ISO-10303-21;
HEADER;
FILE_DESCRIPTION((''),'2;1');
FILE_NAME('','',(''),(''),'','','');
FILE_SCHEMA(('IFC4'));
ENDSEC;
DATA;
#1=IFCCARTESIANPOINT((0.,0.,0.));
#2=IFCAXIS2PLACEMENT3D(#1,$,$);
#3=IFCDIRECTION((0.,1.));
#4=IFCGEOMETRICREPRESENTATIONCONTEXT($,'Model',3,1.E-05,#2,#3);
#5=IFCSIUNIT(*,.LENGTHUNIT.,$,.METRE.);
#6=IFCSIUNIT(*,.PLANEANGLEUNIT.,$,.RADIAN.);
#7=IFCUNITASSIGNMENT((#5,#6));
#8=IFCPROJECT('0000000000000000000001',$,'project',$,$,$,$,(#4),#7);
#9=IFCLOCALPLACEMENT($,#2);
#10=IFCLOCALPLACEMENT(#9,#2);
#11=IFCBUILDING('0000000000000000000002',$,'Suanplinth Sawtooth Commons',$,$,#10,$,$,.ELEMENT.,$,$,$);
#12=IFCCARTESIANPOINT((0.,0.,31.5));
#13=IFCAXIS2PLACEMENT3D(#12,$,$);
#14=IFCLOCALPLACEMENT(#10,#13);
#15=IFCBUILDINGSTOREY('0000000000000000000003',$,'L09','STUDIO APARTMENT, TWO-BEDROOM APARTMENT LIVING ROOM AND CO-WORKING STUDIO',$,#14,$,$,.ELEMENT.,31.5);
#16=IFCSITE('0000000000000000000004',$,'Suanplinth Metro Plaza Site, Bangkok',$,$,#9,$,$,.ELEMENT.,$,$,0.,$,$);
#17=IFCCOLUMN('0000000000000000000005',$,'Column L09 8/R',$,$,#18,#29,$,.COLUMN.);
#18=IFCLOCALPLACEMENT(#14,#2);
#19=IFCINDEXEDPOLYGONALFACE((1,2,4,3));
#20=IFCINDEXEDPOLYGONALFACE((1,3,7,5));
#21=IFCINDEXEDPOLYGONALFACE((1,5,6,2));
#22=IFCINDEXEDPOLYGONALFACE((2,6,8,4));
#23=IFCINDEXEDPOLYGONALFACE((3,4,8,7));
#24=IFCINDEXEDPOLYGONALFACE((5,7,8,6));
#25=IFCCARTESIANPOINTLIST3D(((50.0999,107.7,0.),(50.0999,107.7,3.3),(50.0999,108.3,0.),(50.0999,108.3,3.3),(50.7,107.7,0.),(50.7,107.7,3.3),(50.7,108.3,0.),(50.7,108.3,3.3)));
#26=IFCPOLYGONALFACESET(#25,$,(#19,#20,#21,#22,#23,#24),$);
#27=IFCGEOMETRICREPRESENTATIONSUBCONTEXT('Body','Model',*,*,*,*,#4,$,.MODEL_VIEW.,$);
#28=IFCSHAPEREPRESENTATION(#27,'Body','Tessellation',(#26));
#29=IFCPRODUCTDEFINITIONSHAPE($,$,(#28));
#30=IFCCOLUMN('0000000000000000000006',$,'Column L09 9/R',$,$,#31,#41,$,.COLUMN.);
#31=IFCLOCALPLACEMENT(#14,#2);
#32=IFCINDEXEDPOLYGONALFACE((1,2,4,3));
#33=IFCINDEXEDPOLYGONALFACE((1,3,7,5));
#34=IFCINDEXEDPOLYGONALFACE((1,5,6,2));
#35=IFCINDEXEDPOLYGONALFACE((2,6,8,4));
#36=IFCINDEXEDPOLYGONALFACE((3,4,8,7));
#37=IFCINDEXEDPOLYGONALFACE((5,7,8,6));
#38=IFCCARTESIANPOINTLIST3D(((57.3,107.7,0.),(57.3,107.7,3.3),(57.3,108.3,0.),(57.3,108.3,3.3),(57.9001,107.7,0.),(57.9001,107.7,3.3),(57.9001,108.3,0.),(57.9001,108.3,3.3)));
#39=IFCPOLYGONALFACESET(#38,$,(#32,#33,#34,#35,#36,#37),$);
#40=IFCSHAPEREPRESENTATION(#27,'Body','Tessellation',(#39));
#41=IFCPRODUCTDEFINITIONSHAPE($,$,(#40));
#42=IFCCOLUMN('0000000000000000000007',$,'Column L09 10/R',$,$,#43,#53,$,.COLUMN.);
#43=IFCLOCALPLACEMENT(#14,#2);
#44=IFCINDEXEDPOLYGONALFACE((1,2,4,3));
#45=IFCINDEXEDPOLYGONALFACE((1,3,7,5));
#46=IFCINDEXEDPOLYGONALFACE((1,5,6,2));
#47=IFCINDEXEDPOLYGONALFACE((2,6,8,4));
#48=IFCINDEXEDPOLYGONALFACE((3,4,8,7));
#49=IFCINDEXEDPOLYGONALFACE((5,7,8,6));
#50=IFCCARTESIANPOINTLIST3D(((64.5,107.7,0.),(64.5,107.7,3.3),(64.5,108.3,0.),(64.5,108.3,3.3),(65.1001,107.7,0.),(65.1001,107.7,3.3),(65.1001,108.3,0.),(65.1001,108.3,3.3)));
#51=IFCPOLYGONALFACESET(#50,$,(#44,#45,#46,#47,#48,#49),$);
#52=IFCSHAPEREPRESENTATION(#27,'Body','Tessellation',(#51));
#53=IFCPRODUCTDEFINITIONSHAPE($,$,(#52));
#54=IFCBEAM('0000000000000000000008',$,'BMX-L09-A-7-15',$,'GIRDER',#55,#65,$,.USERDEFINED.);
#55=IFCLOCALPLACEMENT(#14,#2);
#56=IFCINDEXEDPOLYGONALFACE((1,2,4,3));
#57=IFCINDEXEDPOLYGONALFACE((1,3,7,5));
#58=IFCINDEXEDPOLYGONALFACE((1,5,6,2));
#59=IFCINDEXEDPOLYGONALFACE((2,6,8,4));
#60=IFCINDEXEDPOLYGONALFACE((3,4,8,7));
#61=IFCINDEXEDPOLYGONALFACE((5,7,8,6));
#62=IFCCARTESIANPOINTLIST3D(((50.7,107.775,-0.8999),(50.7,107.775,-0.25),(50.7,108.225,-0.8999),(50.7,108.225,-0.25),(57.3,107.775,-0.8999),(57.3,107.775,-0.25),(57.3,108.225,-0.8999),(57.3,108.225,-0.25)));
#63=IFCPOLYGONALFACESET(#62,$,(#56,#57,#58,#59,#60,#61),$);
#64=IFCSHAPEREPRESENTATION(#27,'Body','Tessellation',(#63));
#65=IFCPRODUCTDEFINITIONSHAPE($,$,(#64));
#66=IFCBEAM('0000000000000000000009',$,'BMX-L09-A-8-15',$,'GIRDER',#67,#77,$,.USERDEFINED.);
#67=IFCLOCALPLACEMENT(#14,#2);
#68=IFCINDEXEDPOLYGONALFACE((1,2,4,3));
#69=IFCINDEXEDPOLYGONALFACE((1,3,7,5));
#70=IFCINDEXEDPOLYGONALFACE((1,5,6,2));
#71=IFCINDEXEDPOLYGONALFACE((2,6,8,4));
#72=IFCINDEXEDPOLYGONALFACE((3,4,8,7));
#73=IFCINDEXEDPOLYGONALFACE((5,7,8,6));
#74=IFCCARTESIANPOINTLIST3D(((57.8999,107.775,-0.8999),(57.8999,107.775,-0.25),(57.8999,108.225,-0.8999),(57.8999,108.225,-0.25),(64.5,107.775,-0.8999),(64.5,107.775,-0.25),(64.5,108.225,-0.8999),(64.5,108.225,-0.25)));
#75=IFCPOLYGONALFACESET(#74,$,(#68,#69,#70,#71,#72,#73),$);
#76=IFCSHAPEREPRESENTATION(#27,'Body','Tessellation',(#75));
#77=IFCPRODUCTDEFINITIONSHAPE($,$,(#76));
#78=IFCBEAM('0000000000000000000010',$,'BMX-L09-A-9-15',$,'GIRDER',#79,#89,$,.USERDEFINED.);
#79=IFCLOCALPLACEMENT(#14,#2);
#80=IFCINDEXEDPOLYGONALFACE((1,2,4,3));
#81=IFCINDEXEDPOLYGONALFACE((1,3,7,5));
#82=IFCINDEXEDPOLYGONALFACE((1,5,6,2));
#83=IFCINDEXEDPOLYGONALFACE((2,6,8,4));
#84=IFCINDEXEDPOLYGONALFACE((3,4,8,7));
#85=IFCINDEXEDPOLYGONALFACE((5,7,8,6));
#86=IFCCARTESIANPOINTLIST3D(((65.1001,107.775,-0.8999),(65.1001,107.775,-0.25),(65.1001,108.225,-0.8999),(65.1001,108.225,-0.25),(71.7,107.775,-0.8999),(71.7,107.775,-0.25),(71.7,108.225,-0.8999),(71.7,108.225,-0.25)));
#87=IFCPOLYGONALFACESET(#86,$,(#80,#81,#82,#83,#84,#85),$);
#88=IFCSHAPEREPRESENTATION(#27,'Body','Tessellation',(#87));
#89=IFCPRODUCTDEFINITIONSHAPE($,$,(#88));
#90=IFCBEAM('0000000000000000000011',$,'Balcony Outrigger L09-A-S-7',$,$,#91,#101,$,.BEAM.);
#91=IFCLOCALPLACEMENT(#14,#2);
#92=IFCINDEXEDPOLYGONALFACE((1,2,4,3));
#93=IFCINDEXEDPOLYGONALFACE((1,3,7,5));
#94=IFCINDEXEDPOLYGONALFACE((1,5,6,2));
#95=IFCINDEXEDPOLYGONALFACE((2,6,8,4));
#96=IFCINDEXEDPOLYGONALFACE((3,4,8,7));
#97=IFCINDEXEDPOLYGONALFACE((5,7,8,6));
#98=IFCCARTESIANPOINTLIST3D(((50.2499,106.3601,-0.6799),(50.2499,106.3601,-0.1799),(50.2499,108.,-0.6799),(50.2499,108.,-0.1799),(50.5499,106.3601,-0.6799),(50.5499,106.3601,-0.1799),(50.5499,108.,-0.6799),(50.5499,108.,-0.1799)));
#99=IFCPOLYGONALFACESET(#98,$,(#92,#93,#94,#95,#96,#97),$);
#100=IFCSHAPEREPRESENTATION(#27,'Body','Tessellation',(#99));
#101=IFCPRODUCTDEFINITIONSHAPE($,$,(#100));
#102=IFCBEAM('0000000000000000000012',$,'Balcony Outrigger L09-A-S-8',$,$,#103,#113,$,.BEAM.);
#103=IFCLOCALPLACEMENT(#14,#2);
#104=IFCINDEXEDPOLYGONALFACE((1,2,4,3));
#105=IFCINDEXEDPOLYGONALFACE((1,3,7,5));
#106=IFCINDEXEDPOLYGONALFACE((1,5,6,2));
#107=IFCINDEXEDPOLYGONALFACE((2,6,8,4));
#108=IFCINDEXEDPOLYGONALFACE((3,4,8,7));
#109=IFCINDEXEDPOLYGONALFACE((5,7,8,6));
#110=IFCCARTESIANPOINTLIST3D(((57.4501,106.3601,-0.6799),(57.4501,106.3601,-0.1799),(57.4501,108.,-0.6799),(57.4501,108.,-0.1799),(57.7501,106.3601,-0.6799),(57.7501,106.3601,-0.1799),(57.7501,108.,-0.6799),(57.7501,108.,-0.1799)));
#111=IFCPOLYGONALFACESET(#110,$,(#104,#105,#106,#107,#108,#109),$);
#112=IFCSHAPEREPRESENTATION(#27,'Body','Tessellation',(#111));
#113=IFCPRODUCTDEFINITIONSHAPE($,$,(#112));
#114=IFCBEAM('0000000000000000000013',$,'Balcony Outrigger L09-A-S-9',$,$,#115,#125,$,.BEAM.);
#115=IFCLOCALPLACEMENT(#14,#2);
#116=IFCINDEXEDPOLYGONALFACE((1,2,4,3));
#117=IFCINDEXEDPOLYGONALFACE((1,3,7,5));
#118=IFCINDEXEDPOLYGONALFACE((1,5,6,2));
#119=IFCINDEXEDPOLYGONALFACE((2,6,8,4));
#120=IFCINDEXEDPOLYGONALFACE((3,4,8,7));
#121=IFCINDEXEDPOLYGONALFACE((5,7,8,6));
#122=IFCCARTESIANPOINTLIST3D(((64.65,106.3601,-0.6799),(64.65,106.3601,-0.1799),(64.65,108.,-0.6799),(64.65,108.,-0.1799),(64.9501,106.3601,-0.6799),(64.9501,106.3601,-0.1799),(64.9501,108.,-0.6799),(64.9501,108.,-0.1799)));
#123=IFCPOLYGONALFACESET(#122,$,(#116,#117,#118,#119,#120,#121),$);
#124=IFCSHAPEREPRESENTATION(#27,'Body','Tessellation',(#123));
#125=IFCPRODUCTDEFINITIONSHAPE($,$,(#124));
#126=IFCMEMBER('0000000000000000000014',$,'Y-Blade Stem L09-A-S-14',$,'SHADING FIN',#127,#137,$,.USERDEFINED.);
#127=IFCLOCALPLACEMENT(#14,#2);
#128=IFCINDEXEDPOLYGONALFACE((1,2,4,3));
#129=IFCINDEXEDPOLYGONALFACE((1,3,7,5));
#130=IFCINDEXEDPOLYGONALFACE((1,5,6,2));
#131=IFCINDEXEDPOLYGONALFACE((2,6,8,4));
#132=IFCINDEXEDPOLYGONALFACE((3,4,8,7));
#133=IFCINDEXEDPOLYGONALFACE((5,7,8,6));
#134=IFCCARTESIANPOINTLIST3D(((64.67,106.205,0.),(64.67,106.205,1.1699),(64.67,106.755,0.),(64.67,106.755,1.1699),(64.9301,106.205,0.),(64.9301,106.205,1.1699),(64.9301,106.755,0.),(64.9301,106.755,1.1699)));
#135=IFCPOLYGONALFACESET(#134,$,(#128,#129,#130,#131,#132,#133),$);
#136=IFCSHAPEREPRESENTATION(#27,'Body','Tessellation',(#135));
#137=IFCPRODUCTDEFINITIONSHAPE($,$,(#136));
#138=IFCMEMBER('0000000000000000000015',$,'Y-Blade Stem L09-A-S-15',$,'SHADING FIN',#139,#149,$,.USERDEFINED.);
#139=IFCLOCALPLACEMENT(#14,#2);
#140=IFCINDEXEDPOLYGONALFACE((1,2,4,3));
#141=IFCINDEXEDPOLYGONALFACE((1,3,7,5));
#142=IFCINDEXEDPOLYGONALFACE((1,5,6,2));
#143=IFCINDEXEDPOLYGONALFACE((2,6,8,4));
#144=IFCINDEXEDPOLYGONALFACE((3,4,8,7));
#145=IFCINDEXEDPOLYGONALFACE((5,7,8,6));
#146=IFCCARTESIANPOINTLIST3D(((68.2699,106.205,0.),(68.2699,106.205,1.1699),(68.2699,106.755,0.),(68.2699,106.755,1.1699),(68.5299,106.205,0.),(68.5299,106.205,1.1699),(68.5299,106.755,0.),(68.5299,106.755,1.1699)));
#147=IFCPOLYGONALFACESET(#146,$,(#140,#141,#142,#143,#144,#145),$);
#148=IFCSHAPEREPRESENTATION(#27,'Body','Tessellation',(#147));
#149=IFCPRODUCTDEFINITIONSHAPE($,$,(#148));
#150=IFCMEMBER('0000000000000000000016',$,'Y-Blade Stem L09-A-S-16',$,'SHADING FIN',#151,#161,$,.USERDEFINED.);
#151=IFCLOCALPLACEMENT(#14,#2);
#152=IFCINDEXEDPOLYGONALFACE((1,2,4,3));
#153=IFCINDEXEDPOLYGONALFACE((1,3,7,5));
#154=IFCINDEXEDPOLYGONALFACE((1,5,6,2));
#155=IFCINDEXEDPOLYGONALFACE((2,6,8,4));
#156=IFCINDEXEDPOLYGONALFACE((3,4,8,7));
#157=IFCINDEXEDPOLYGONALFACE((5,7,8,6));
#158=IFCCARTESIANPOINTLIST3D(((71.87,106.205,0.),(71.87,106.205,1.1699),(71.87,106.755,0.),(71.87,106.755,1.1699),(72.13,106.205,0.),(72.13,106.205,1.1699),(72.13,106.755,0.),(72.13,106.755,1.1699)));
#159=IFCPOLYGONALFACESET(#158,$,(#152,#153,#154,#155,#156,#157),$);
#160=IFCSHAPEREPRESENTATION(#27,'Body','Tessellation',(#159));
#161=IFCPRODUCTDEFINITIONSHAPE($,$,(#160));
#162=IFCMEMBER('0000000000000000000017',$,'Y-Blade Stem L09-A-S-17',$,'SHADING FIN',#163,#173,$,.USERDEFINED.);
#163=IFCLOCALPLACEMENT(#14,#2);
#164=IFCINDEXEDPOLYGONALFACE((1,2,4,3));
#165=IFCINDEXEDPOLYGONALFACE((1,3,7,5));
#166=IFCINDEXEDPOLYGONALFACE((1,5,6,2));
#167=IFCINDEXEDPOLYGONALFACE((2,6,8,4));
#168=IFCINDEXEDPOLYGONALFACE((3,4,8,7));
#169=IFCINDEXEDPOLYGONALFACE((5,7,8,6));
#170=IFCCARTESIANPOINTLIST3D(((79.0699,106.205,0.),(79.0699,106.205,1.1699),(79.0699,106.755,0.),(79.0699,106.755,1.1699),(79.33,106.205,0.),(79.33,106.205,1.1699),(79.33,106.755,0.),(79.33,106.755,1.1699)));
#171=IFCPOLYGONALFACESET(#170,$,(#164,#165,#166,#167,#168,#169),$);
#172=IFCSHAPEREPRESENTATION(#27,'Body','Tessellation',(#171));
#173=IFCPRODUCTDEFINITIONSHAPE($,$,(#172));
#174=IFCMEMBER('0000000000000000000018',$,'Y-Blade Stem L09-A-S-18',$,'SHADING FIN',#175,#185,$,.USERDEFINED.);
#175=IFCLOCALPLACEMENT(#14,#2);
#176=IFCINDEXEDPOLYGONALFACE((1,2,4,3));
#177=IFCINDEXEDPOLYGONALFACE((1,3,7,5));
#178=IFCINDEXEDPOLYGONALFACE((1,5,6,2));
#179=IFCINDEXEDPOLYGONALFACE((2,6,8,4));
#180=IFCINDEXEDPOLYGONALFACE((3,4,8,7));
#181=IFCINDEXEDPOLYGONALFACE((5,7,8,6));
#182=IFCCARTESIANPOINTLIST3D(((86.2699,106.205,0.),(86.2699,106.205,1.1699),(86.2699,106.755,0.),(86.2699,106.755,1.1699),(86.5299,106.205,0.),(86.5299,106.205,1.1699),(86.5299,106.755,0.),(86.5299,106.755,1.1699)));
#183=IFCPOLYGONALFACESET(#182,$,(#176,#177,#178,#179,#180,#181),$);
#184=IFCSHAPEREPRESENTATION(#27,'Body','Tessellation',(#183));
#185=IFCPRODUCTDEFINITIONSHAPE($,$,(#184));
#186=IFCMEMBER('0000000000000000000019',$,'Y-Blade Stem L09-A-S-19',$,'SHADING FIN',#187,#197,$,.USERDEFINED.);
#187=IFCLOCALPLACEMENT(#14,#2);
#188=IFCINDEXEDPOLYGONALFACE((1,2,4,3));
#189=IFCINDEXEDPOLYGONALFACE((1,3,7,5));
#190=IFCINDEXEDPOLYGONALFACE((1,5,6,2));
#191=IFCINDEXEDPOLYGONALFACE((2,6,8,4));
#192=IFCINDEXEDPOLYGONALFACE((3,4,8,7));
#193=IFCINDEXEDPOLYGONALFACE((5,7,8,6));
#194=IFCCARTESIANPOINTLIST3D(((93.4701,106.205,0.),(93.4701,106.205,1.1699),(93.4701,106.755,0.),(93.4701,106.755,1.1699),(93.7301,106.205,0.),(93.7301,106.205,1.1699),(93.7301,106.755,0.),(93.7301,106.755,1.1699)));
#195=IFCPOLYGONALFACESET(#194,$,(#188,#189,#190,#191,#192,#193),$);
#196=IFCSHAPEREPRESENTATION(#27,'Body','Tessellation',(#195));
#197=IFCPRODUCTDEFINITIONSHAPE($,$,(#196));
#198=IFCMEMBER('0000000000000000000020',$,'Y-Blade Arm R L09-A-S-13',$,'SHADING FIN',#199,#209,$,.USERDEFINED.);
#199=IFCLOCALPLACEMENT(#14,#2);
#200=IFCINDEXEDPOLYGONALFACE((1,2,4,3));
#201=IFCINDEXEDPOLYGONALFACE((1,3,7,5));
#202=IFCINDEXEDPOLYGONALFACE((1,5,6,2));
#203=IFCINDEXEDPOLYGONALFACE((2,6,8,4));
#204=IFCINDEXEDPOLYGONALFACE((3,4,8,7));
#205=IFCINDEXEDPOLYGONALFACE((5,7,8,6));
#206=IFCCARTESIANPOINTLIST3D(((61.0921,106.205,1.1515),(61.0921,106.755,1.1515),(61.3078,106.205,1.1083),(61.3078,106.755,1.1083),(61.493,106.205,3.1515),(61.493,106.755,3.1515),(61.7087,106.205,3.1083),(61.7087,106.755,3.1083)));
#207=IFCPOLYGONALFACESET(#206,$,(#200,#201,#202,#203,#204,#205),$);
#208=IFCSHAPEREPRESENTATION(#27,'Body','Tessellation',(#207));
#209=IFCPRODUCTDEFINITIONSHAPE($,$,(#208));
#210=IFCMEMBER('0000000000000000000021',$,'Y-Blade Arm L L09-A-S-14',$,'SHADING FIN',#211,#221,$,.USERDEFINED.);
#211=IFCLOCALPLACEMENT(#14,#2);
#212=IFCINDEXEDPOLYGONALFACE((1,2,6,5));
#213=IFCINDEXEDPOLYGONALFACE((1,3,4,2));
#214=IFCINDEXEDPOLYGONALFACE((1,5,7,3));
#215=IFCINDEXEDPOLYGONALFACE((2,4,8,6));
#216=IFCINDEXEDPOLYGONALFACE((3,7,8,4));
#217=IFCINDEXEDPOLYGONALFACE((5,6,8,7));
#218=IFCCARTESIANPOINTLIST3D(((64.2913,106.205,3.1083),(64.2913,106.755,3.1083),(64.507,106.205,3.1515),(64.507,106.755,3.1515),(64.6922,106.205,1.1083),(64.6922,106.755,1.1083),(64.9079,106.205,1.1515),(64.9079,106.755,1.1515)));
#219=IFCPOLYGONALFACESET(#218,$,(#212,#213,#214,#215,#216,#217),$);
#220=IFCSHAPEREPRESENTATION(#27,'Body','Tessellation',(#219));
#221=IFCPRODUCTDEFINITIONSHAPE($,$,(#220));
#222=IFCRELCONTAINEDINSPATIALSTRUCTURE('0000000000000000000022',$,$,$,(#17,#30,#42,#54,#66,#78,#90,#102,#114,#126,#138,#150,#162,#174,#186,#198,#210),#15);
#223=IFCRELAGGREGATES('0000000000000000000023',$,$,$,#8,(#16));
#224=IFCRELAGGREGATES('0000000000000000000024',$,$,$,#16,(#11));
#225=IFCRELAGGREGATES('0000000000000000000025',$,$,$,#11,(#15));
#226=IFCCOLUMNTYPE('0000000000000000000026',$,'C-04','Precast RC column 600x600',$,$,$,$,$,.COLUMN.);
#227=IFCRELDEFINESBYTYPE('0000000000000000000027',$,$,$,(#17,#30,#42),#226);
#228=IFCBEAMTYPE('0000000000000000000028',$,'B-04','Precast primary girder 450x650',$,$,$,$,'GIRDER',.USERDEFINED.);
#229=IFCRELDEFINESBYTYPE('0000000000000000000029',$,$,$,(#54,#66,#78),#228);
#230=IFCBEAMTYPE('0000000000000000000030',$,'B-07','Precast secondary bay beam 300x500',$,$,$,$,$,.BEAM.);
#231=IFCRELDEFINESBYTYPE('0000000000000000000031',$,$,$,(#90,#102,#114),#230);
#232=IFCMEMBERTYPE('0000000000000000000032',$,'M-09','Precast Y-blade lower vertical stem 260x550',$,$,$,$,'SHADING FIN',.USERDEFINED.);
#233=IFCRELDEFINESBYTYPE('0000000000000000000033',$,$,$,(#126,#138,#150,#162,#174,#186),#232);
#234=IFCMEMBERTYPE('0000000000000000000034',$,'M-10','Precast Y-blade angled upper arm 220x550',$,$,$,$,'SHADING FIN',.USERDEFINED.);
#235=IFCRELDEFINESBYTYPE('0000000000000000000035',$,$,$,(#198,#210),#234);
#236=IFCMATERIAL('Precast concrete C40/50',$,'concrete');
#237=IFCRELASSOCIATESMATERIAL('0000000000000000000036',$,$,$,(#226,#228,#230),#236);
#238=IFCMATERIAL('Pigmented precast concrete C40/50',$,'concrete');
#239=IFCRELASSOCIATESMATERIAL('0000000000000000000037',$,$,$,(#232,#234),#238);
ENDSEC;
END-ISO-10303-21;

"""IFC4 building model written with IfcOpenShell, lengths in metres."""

from ifc_helpers import new_model, si_unit, direction, frame, origin, origin_2d, place, context, subcontext, project, spatial, rectangle, extrude, material, material_profile, profile_set, type_object, element, save


model = new_model("IFC4")

# Units and contexts
model_context = context("Model", 3, precision=1e-05, world=origin(), true_north=direction((0.0, 1.0)))
body_context = subcontext(model_context, "Body", "Model", "MODEL_VIEW")
ifc_project = project(units=[si_unit("LENGTHUNIT", "METRE"), si_unit("PLANEANGLEUNIT", "RADIAN")], contexts=[model_context])

# Site, building, storey
site_placement = place(None, origin())
site = spatial("IfcSite", under=ifc_project, at=site_placement, Name="Suanplinth Metro Plaza Site, Bangkok", CompositionType="ELEMENT", RefElevation=0.0)
building_placement = place(site_placement, origin())
building = spatial("IfcBuilding", under=site, at=building_placement, Name="Suanplinth Sawtooth Commons", CompositionType="ELEMENT")
storey_placement = place(building_placement, frame((0.0, 0.0, 31.5)))
storey = spatial("IfcBuildingStorey", under=building, at=storey_placement, Name="L09", Description="STUDIO APARTMENT, TWO-BEDROOM APARTMENT LIVING ROOM AND CO-WORKING STUDIO", CompositionType="ELEMENT", Elevation=31.5)

# Columns
ifc_material_1 = material(Name="Precast concrete C40/50", Category="concrete")
ifc_material_profile_1 = material_profile(ifc_material_1, rectangle(XDim=0.6001, YDim=0.6001, at=origin_2d()), Name="PC-COL 600x600")
ifc_profile_set_1 = profile_set([ifc_material_profile_1], Name="Precast concrete C40/50")
column_type = type_object("IfcColumnType", Name="C-04", Description="Precast RC column 600x600", PredefinedType="COLUMN", material=ifc_profile_set_1)
for number, where, z_axis, x_axis, name in (
    (1, (50.3999, 108.0, 0.0), (0.0, 0.0, 1.0), (1.0, 0.0, 0.0), "Column L09 8/R"),
    (2, (57.6001, 108.0, 0.0), (0.0, 0.0, 1.0), (1.0, 0.0, 0.0), "Column L09 9/R"),
    (3, (64.8, 108.0, 0.0), (0.0, 0.0, 1.0), (1.0, 0.0, 0.0), "Column L09 10/R"),
):
    element("IfcColumn", number, at=place(storey_placement, frame(where, z_axis=z_axis, x_axis=x_axis)), inside=storey, type_object=column_type, Name=name, PredefinedType="COLUMN", context=body_context, shape_type="SweptSolid", body=[
        extrude(rectangle(XDim=0.6001, YDim=0.6001, at=origin_2d()), origin(), (0.0, 0.0, 1.0), 3.3),
    ])

# Beams
ifc_material_profile_2 = material_profile(ifc_material_1, rectangle(XDim=0.45, YDim=0.6499, at=origin_2d()), Name="PC-GDR 450x650")
ifc_profile_set_2 = profile_set([ifc_material_profile_2], Name="Precast concrete C40/50")
beam_type_1 = type_object("IfcBeamType", Name="B-04", Description="Precast primary girder 450x650", ElementType="GIRDER", PredefinedType="USERDEFINED", material=ifc_profile_set_2)
for number, where, z_axis, x_axis, name in (
    (4, (50.7, 108.0, -0.575), (1.0, 0.0, 0.0), (0.0, 1.0, 0.0), "BMX-L09-A-7-15"),
    (5, (57.8999, 108.0, -0.575), (1.0, 0.0, 0.0), (0.0, 1.0, 0.0), "BMX-L09-A-8-15"),
):
    element("IfcBeam", number, at=place(storey_placement, frame(where, z_axis=z_axis, x_axis=x_axis)), inside=storey, type_object=beam_type_1, Name=name, ObjectType="GIRDER", PredefinedType="USERDEFINED", context=body_context, shape_type="SweptSolid", body=[
        extrude(rectangle(XDim=0.45, YDim=0.6499, at=origin_2d()), origin(), (0.0, 0.0, 1.0), 6.6001),
    ])
beam_placement = place(storey_placement, frame((65.1001, 108.0, -0.575), z_axis=(1.0, 0.0, 0.0), x_axis=(0.0, 1.0, 0.0)))
element("IfcBeam", 6, at=beam_placement, inside=storey, type_object=beam_type_1, Name="BMX-L09-A-9-15", ObjectType="GIRDER", PredefinedType="USERDEFINED", context=body_context, shape_type="SweptSolid", body=[
    extrude(rectangle(XDim=0.45, YDim=0.6499, at=origin_2d()), origin(), (0.0, 0.0, 1.0), 6.5999),
])
ifc_material_profile_3 = material_profile(ifc_material_1, rectangle(XDim=0.3, YDim=0.5, at=origin_2d()), Name="PC-BM 300x500")
ifc_profile_set_3 = profile_set([ifc_material_profile_3], Name="Precast concrete C40/50")
beam_type_2 = type_object("IfcBeamType", Name="B-07", Description="Precast secondary bay beam 300x500", PredefinedType="BEAM", material=ifc_profile_set_3)
for number, where, z_axis, x_axis, name in (
    (7, (50.3999, 108.0, -0.4299), (0.0, -1.0, 0.0), (1.0, 0.0, 0.0), "Balcony Outrigger L09-A-S-7"),
    (8, (57.6001, 108.0, -0.4299), (0.0, -1.0, 0.0), (1.0, 0.0, 0.0), "Balcony Outrigger L09-A-S-8"),
    (9, (64.8, 108.0, -0.4299), (0.0, -1.0, 0.0), (1.0, 0.0, 0.0), "Balcony Outrigger L09-A-S-9"),
):
    element("IfcBeam", number, at=place(storey_placement, frame(where, z_axis=z_axis, x_axis=x_axis)), inside=storey, type_object=beam_type_2, Name=name, PredefinedType="BEAM", context=body_context, shape_type="SweptSolid", body=[
        extrude(rectangle(XDim=0.3, YDim=0.5, at=origin_2d()), origin(), (0.0, 0.0, 1.0), 1.6399),
    ])

# Members
ifc_material_2 = material(Name="Pigmented precast concrete C40/50", Category="concrete")
ifc_material_profile_4 = material_profile(ifc_material_2, rectangle(XDim=0.26, YDim=0.55, at=origin_2d()), Name="PC-FIN 260x550")
ifc_profile_set_4 = profile_set([ifc_material_profile_4], Name="Pigmented precast concrete C40/50")
member_type_1 = type_object("IfcMemberType", Name="M-09", Description="Precast Y-blade lower vertical stem 260x550", ElementType="SHADING FIN", PredefinedType="USERDEFINED", material=ifc_profile_set_4)
for number, where, z_axis, x_axis, name in (
    (10, (64.8, 106.48, 0.0), (0.0, 0.0, 1.0), (1.0, 0.0, 0.0), "Y-Blade Stem L09-A-S-14"),
    (11, (68.3999, 106.48, 0.0), (0.0, 0.0, 1.0), (1.0, 0.0, 0.0), "Y-Blade Stem L09-A-S-15"),
    (12, (72.0, 106.48, 0.0), (0.0, 0.0, 1.0), (1.0, 0.0, 0.0), "Y-Blade Stem L09-A-S-16"),
    (13, (79.2, 106.48, 0.0), (0.0, 0.0, 1.0), (1.0, 0.0, 0.0), "Y-Blade Stem L09-A-S-17"),
    (14, (86.3999, 106.48, 0.0), (0.0, 0.0, 1.0), (1.0, 0.0, 0.0), "Y-Blade Stem L09-A-S-18"),
    (15, (93.6001, 106.48, 0.0), (0.0, 0.0, 1.0), (1.0, 0.0, 0.0), "Y-Blade Stem L09-A-S-19"),
):
    element("IfcMember", number, at=place(storey_placement, frame(where, z_axis=z_axis, x_axis=x_axis)), inside=storey, type_object=member_type_1, Name=name, ObjectType="SHADING FIN", PredefinedType="USERDEFINED", context=body_context, shape_type="SweptSolid", body=[
        extrude(rectangle(XDim=0.26, YDim=0.55, at=origin_2d()), origin(), (0.0, 0.0, 1.0), 1.1699),
    ])
ifc_material_profile_5 = material_profile(ifc_material_2, rectangle(XDim=0.22, YDim=0.55, at=origin_2d()), Name="PC-FIN 220x550")
ifc_profile_set_5 = profile_set([ifc_material_profile_5], Name="Pigmented precast concrete C40/50")
member_type_2 = type_object("IfcMemberType", Name="M-10", Description="Precast Y-blade angled upper arm 220x550", ElementType="SHADING FIN", PredefinedType="USERDEFINED", material=ifc_profile_set_5)
for number, where, z_axis, x_axis, name in (
    (16, (61.2, 106.48, 1.1299), (0.19653, 0.0, 0.980498), (-0.980498, 0.0, 0.19653), "Y-Blade Arm R L09-A-S-13"),
    (17, (64.8, 106.48, 1.1299), (-0.19653, 0.0, 0.980498), (0.980498, 0.0, 0.19653), "Y-Blade Arm L L09-A-S-14"),
):
    element("IfcMember", number, at=place(storey_placement, frame(where, z_axis=z_axis, x_axis=x_axis)), inside=storey, type_object=member_type_2, Name=name, ObjectType="SHADING FIN", PredefinedType="USERDEFINED", context=body_context, shape_type="SweptSolid", body=[
        extrude(rectangle(XDim=0.22, YDim=0.55, at=origin_2d()), origin(), (0.0, 0.0, 1.0), 2.0398),
    ])

save(model, "model.ifc")
